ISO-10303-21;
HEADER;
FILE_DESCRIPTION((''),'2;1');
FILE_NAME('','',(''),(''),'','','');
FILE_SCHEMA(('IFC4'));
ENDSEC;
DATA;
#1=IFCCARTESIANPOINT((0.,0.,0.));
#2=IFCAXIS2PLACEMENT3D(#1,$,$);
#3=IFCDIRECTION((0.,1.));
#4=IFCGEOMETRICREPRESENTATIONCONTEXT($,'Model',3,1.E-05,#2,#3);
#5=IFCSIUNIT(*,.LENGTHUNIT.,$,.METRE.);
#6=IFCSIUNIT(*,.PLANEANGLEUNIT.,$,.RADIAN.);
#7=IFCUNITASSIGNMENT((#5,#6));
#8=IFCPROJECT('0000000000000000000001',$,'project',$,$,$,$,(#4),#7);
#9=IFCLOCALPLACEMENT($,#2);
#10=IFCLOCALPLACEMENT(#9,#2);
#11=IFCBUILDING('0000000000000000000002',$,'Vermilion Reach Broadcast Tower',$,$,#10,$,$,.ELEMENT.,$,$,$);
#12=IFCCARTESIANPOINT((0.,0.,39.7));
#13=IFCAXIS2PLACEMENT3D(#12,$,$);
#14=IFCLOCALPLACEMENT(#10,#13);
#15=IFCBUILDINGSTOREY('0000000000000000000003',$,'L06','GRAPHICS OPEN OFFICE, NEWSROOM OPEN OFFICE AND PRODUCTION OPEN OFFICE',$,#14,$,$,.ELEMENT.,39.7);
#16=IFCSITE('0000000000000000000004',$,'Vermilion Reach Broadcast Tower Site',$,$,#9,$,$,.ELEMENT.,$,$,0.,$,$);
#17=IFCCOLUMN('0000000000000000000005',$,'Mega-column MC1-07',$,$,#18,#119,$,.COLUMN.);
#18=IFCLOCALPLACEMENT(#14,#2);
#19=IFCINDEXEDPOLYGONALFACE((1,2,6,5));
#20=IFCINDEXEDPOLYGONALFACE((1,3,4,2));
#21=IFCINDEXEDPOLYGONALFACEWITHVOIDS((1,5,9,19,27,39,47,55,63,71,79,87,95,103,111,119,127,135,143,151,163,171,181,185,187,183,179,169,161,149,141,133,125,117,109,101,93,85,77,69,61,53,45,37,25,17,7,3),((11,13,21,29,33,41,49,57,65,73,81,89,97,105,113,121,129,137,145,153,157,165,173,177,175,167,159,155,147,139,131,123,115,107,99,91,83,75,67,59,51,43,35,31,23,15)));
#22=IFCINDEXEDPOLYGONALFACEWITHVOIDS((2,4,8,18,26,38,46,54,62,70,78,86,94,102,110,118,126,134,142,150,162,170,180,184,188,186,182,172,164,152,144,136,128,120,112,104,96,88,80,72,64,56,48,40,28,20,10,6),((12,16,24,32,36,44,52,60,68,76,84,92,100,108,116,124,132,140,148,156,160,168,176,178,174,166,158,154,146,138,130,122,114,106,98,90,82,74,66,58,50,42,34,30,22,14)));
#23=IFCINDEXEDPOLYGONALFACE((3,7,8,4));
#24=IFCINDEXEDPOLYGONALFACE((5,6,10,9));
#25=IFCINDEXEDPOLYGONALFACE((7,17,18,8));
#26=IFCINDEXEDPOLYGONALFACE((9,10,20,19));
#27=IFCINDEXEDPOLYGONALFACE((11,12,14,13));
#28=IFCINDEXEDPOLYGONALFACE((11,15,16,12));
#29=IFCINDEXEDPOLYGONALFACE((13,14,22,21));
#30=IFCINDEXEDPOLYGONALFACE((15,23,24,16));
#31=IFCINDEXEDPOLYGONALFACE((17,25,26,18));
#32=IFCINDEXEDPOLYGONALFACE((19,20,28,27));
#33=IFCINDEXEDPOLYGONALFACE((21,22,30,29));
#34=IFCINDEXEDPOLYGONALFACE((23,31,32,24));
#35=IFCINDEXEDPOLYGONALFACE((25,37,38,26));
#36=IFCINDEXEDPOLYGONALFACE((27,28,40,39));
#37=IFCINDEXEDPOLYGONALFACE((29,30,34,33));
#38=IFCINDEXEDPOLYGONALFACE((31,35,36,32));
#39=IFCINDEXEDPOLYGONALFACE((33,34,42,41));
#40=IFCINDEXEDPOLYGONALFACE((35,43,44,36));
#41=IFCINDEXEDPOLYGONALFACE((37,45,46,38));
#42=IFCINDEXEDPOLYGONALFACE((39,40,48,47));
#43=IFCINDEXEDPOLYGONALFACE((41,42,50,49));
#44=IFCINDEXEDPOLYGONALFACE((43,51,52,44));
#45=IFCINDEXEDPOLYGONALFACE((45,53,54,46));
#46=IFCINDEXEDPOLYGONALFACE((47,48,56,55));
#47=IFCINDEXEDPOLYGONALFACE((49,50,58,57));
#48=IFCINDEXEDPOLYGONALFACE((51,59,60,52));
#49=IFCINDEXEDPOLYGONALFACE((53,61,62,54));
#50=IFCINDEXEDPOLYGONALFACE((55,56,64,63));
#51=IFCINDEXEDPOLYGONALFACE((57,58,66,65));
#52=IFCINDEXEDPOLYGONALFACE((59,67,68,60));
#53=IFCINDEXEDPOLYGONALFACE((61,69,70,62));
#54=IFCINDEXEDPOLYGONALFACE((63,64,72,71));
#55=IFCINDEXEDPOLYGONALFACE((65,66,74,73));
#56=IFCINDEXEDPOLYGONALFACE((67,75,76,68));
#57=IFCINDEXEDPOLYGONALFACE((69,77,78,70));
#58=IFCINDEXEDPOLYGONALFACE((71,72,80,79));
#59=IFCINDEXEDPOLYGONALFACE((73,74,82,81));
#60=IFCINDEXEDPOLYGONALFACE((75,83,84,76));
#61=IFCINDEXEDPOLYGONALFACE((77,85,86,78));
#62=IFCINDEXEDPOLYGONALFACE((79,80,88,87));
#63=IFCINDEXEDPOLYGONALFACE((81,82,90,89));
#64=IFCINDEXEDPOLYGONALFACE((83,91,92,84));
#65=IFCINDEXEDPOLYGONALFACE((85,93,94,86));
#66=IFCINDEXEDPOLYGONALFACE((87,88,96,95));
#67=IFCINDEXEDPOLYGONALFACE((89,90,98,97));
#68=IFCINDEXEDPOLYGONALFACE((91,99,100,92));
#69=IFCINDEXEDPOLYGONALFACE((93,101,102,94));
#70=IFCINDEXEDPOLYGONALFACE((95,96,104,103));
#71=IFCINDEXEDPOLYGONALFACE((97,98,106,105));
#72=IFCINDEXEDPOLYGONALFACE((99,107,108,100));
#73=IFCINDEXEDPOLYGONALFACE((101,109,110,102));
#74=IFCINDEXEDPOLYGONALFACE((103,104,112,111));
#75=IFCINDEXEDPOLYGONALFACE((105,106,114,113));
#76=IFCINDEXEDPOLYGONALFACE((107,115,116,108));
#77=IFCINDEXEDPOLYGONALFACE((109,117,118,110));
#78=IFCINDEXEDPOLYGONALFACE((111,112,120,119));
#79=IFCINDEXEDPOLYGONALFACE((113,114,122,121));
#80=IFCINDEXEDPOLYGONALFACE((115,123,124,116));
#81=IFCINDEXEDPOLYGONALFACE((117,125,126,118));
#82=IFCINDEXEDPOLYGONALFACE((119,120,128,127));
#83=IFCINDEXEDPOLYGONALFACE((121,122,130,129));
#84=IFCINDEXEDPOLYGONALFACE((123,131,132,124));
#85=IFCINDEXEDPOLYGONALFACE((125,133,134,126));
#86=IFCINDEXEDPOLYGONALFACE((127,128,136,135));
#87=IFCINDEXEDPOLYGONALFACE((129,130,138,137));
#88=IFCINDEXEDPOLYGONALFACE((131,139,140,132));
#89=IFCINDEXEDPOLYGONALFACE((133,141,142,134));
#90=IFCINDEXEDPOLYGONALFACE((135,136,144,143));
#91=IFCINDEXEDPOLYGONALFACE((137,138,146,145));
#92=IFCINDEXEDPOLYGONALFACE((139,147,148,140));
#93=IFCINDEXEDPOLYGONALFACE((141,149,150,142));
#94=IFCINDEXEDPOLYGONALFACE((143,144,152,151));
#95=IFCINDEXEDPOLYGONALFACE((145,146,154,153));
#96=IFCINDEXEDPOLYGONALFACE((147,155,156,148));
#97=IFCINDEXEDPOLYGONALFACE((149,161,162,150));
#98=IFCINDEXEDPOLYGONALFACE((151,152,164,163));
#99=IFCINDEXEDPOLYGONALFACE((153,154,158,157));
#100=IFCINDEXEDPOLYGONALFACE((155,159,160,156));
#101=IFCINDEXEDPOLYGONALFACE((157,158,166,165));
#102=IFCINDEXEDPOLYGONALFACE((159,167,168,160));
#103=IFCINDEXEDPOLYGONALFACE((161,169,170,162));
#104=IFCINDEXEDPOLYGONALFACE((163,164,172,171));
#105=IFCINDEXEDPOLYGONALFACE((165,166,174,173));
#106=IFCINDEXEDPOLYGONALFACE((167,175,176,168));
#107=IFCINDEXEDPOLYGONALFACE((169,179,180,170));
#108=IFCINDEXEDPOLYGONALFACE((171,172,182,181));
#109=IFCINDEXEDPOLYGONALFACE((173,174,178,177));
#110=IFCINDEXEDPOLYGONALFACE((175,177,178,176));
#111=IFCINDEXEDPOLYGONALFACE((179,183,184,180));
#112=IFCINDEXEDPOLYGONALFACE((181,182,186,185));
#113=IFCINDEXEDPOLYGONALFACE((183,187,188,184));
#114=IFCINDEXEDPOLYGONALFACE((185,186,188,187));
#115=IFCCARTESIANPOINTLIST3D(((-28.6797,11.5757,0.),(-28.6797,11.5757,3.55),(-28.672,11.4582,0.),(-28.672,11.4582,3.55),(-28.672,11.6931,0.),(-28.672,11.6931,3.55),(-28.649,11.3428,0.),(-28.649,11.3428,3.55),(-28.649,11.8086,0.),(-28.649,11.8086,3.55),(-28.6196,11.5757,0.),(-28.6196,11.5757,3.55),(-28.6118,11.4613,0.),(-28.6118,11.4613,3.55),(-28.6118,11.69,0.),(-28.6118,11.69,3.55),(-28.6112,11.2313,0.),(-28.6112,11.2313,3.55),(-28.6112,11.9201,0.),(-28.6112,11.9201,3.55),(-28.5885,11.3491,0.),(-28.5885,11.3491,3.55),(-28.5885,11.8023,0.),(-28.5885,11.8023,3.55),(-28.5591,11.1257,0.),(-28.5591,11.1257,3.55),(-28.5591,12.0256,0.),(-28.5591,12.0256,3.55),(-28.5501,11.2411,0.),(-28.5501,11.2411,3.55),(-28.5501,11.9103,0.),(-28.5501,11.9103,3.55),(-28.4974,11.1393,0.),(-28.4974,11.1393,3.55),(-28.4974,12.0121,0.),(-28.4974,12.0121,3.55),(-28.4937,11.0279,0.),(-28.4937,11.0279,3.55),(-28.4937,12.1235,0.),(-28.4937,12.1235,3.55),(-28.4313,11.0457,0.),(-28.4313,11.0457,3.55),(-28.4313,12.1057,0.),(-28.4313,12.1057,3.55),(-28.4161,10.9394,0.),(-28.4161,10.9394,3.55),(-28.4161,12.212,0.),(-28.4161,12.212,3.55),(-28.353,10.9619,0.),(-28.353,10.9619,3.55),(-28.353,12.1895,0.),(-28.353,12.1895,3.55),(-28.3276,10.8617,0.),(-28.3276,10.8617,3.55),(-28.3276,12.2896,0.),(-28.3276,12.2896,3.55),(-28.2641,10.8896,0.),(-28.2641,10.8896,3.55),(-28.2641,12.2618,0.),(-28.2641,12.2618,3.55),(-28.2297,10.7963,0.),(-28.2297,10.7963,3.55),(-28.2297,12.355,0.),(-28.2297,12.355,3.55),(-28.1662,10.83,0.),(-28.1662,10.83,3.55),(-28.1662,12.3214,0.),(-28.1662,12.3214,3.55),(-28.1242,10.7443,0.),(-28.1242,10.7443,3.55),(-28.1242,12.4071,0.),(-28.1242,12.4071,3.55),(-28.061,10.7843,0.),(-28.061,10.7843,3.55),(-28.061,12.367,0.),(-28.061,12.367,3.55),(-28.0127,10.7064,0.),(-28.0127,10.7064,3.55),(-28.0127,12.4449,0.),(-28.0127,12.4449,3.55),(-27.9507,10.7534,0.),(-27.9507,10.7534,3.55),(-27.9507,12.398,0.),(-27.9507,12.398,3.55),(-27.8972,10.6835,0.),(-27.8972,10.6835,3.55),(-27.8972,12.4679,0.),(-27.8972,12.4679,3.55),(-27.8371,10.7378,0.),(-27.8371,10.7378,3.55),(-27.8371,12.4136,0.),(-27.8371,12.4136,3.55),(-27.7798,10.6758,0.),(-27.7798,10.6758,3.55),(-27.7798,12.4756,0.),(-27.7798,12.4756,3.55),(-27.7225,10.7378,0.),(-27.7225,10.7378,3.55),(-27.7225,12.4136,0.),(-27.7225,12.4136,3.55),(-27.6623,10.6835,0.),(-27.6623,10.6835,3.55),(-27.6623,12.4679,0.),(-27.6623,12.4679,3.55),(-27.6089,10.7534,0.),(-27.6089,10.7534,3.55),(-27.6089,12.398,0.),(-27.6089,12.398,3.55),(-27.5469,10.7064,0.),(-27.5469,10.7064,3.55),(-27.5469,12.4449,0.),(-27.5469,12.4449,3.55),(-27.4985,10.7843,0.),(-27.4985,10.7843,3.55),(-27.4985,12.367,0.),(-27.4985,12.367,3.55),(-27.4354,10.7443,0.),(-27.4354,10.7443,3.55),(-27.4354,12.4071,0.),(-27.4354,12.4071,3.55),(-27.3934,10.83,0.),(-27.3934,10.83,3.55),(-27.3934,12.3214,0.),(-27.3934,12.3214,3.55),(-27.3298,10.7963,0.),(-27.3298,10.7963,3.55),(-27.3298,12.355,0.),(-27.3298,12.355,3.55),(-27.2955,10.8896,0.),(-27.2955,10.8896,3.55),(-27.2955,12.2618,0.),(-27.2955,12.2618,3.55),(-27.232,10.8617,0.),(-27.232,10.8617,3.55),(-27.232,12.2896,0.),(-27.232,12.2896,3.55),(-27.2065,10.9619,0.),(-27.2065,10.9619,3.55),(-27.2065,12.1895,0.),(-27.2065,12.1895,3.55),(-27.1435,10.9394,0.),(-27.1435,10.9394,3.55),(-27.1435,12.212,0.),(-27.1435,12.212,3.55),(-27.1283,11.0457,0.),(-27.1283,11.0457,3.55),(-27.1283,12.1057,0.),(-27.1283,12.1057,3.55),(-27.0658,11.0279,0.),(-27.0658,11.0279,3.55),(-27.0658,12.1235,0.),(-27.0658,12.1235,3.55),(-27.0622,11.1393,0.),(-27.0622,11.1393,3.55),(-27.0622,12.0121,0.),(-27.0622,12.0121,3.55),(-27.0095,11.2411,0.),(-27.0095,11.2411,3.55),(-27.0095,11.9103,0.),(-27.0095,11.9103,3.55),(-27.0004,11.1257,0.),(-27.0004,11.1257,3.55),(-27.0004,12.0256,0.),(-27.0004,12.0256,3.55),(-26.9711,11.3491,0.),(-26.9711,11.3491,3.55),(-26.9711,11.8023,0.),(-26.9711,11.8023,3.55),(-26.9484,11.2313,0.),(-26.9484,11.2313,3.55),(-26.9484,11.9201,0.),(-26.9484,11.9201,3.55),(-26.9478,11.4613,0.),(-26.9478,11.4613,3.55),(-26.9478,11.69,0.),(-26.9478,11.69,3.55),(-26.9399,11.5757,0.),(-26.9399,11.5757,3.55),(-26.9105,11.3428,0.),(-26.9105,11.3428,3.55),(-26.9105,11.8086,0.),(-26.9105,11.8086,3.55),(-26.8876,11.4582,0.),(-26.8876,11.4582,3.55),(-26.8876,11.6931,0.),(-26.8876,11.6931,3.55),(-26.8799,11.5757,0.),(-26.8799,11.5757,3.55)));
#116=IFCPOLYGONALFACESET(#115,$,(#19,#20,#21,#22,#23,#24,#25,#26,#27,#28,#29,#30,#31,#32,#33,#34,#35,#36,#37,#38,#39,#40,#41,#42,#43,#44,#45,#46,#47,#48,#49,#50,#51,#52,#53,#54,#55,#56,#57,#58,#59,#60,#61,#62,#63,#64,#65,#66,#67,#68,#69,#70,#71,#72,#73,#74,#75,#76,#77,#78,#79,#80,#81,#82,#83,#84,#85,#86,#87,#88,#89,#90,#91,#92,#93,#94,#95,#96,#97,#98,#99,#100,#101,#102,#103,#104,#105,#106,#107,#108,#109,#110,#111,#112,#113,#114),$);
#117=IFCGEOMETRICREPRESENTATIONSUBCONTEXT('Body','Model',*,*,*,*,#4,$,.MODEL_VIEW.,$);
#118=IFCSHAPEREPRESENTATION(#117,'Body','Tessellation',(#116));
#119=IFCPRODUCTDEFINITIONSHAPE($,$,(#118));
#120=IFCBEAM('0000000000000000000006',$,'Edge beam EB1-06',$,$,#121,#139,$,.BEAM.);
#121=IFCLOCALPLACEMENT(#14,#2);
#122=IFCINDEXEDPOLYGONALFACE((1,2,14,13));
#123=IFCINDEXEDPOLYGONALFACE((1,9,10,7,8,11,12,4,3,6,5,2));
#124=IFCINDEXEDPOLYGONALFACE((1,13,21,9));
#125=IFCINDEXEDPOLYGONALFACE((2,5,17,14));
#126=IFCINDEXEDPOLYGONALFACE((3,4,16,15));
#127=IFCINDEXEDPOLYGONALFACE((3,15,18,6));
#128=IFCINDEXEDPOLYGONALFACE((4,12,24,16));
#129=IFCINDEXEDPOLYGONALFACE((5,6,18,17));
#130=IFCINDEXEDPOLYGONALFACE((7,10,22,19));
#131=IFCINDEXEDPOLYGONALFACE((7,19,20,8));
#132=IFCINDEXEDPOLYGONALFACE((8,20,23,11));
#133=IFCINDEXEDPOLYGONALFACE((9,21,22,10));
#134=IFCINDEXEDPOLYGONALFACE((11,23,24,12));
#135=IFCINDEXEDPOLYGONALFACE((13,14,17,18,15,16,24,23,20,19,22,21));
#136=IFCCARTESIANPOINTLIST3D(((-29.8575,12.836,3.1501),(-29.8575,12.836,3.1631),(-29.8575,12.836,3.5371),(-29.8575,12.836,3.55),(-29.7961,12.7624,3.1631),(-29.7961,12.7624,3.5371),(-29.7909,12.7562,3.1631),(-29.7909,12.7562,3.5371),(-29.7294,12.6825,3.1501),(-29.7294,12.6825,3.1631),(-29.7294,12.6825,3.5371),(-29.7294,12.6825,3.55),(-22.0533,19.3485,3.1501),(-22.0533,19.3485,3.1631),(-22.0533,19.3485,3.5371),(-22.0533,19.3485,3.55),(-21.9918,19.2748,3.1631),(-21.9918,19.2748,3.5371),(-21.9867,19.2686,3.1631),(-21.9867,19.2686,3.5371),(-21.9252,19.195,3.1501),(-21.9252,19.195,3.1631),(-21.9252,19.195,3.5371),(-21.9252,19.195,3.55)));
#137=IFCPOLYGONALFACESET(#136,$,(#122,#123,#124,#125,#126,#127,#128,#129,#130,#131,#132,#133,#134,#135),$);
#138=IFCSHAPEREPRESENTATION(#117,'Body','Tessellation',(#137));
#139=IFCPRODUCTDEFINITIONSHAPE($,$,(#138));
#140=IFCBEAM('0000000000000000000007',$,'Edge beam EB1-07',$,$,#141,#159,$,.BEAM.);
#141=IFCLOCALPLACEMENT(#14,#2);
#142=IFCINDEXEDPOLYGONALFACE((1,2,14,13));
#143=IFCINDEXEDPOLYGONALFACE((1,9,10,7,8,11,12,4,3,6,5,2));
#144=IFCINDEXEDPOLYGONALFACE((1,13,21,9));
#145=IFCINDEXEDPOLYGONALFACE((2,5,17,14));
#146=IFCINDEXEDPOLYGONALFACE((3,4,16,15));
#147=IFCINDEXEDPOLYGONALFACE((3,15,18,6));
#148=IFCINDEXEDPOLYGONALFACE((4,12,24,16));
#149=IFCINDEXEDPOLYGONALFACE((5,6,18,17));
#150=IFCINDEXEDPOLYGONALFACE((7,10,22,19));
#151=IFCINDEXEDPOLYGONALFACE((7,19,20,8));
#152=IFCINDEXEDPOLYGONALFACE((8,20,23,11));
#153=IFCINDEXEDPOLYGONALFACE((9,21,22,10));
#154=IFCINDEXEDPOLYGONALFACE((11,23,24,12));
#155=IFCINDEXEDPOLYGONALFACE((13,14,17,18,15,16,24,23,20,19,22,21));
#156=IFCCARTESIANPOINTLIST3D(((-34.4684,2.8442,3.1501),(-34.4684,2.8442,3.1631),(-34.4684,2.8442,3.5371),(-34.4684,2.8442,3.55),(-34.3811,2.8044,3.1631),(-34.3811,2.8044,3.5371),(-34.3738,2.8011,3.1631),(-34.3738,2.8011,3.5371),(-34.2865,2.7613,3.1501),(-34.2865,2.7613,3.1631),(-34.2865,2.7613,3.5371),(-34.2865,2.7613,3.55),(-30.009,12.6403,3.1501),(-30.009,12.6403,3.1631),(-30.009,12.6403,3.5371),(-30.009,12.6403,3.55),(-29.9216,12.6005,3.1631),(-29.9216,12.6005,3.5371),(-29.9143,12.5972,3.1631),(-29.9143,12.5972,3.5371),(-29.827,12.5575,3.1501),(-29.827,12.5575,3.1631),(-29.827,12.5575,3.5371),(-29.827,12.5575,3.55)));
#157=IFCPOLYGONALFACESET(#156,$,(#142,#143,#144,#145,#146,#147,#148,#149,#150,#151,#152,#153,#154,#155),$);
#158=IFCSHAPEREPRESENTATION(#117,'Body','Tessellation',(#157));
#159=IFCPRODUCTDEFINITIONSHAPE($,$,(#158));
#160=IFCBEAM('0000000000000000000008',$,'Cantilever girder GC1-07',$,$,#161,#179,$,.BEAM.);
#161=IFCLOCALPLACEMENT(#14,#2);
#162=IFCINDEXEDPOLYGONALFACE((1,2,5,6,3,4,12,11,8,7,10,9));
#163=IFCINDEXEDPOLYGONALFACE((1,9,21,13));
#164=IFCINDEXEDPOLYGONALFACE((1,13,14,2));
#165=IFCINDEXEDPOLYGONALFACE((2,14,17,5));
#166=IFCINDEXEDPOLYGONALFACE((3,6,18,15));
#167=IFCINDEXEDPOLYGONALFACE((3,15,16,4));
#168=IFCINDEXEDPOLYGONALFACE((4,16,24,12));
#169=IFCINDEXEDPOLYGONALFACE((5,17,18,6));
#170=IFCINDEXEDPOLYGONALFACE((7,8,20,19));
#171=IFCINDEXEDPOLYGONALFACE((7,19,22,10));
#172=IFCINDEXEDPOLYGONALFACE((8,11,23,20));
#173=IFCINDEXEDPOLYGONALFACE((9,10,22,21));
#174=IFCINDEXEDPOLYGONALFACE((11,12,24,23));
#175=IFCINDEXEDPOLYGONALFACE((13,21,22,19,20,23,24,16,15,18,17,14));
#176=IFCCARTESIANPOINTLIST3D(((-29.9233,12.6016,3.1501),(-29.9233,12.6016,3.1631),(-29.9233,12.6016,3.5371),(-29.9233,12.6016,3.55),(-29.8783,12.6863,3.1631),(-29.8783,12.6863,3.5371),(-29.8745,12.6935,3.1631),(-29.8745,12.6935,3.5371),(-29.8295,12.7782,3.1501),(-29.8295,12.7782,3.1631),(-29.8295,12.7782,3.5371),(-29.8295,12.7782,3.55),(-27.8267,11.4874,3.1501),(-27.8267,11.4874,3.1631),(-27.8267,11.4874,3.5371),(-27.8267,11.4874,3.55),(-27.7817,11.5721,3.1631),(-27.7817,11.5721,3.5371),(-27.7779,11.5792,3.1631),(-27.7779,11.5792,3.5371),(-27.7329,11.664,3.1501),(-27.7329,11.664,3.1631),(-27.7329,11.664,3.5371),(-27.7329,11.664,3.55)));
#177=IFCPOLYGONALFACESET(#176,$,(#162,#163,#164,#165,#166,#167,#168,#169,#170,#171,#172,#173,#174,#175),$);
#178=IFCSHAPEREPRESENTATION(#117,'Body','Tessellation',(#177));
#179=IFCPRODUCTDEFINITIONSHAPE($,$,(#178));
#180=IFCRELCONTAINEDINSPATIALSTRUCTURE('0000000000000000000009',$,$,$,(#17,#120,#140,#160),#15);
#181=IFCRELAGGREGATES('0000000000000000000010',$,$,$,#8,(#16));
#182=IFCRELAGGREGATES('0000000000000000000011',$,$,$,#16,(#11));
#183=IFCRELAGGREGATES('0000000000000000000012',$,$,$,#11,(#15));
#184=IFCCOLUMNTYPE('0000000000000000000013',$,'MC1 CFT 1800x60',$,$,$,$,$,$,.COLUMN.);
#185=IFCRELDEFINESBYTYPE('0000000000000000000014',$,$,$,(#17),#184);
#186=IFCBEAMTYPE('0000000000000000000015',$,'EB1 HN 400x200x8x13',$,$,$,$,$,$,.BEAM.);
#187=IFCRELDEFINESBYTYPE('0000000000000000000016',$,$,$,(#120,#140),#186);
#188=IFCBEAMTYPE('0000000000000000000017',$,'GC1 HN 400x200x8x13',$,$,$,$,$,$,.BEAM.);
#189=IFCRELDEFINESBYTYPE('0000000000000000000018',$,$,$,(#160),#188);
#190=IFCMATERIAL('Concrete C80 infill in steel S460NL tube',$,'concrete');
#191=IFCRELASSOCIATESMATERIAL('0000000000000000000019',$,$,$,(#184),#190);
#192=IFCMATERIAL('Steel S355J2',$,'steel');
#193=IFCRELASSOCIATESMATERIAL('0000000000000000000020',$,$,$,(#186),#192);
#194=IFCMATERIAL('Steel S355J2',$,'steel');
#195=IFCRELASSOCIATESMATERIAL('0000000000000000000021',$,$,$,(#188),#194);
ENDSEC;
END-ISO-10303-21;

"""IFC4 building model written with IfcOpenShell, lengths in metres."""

from ifc_helpers import new_model, si_unit, direction, frame, origin, origin_2d, place, context, subcontext, project, spatial, hollow_circle, i_section, extrude, material, material_profile, profile_set, type_object, element, save


model = new_model("IFC4")

# Units and contexts
model_context = context("Model", 3, precision=1e-05, world=origin(), true_north=direction((0.0, 1.0)))
body_context = subcontext(model_context, "Body", "Model", "MODEL_VIEW")
ifc_project = project(units=[si_unit("LENGTHUNIT", "METRE"), si_unit("PLANEANGLEUNIT", "RADIAN")], contexts=[model_context])

# Site, building, storey
site_placement = place(None, origin())
site = spatial("IfcSite", under=ifc_project, at=site_placement, Name="Vermilion Reach Broadcast Tower Site", CompositionType="ELEMENT", RefElevation=0.0)
building_placement = place(site_placement, origin())
building = spatial("IfcBuilding", under=site, at=building_placement, Name="Vermilion Reach Broadcast Tower", CompositionType="ELEMENT")
storey_placement = place(building_placement, frame((0.0, 0.0, 39.7)))
storey = spatial("IfcBuildingStorey", under=building, at=storey_placement, Name="L06", Description="GRAPHICS OPEN OFFICE, NEWSROOM OPEN OFFICE AND PRODUCTION OPEN OFFICE", CompositionType="ELEMENT", Elevation=39.7)

# Column
ifc_material_1 = material(Name="Concrete C80 infill in steel S460NL tube", Category="concrete")
ifc_material_profile_1 = material_profile(ifc_material_1, hollow_circle(Radius=0.8999, WallThickness=0.0601, at=origin_2d()), Name="Concrete C80 infill in steel S460NL tube CFT 1800x60")
ifc_profile_set_1 = profile_set([ifc_material_profile_1], Name="Concrete C80 infill in steel S460NL tube")
column_type = type_object("IfcColumnType", Name="MC1 CFT 1800x60", PredefinedType="COLUMN", material=ifc_profile_set_1)
for number, where, z_axis, x_axis, name in (
    (1, (-27.7798, 11.5757, 0.0), (0.0, 0.0, 1.0), (1.0, 0.0, 0.0), "Mega-column MC1-07"),
):
    element("IfcColumn", number, at=place(storey_placement, frame(where, z_axis=z_axis, x_axis=x_axis)), inside=storey, type_object=column_type, Name=name, PredefinedType="COLUMN", context=body_context, shape_type="SweptSolid", body=[
        extrude(hollow_circle(Radius=0.8999, WallThickness=0.0601, at=origin_2d()), origin(), (0.0, 0.0, 1.0), 3.55),
    ])

# Beams
ifc_material_2 = material(Name="Steel S355J2", Category="steel")
ifc_material_profile_2 = material_profile(ifc_material_2, i_section(OverallWidth=0.2, OverallDepth=0.3999, WebThickness=0.0081, FlangeThickness=0.0129, at=origin_2d()), Name="S355J2 HN 400x200x8x13")
ifc_profile_set_2 = profile_set([ifc_material_profile_2], Name="Steel S355J2")
beam_type_1 = type_object("IfcBeamType", Name="EB1 HN 400x200x8x13", PredefinedType="BEAM", material=ifc_profile_set_2)
beam_1_placement = place(storey_placement, frame((-21.9893, 19.2717, 3.3501), z_axis=(-0.767788, -0.640704, 0.0), x_axis=(0.640704, -0.767788, 0.0)))
element("IfcBeam", 2, at=beam_1_placement, inside=storey, type_object=beam_type_1, Name="Edge beam EB1-06", PredefinedType="BEAM", context=body_context, shape_type="SweptSolid", body=[
    extrude(i_section(OverallWidth=0.2, OverallDepth=0.3999, WebThickness=0.0081, FlangeThickness=0.0129, at=origin_2d()), origin(), (0.0, 0.0, 1.0), 10.1646),
])
beam_2_placement = place(storey_placement, frame((-29.918, 12.5989, 3.3501), z_axis=(-0.414317, -0.910133, 0.0), x_axis=(0.910133, -0.414317, 0.0)))
element("IfcBeam", 3, at=beam_2_placement, inside=storey, type_object=beam_type_1, Name="Edge beam EB1-07", PredefinedType="BEAM", context=body_context, shape_type="SweptSolid", body=[
    extrude(i_section(OverallWidth=0.2, OverallDepth=0.3999, WebThickness=0.0081, FlangeThickness=0.0129, at=origin_2d()), origin(), (0.0, 0.0, 1.0), 10.7634),
])
ifc_material_3 = material(Name="Steel S355J2", Category="steel")
ifc_material_profile_3 = material_profile(ifc_material_3, i_section(OverallWidth=0.2, OverallDepth=0.3999, WebThickness=0.0081, FlangeThickness=0.0129, at=origin_2d()), Name="S355J2 HN 400x200x8x13")
ifc_profile_set_3 = profile_set([ifc_material_profile_3], Name="Steel S355J2")
beam_type_2 = type_object("IfcBeamType", Name="GC1 HN 400x200x8x13", PredefinedType="BEAM", material=ifc_profile_set_3)
beam_3_placement = place(storey_placement, frame((-27.7798, 11.5757, 3.3501), z_axis=(-0.883046, 0.469286, 0.0), x_axis=(-0.469286, -0.883046, 0.0)))
element("IfcBeam", 4, at=beam_3_placement, inside=storey, type_object=beam_type_2, Name="Cantilever girder GC1-07", PredefinedType="BEAM", context=body_context, shape_type="SweptSolid", body=[
    extrude(i_section(OverallWidth=0.2, OverallDepth=0.3999, WebThickness=0.0081, FlangeThickness=0.0129, at=origin_2d()), origin(), (0.0, 0.0, 1.0), 2.3743),
])

save(model, "model.ifc")
